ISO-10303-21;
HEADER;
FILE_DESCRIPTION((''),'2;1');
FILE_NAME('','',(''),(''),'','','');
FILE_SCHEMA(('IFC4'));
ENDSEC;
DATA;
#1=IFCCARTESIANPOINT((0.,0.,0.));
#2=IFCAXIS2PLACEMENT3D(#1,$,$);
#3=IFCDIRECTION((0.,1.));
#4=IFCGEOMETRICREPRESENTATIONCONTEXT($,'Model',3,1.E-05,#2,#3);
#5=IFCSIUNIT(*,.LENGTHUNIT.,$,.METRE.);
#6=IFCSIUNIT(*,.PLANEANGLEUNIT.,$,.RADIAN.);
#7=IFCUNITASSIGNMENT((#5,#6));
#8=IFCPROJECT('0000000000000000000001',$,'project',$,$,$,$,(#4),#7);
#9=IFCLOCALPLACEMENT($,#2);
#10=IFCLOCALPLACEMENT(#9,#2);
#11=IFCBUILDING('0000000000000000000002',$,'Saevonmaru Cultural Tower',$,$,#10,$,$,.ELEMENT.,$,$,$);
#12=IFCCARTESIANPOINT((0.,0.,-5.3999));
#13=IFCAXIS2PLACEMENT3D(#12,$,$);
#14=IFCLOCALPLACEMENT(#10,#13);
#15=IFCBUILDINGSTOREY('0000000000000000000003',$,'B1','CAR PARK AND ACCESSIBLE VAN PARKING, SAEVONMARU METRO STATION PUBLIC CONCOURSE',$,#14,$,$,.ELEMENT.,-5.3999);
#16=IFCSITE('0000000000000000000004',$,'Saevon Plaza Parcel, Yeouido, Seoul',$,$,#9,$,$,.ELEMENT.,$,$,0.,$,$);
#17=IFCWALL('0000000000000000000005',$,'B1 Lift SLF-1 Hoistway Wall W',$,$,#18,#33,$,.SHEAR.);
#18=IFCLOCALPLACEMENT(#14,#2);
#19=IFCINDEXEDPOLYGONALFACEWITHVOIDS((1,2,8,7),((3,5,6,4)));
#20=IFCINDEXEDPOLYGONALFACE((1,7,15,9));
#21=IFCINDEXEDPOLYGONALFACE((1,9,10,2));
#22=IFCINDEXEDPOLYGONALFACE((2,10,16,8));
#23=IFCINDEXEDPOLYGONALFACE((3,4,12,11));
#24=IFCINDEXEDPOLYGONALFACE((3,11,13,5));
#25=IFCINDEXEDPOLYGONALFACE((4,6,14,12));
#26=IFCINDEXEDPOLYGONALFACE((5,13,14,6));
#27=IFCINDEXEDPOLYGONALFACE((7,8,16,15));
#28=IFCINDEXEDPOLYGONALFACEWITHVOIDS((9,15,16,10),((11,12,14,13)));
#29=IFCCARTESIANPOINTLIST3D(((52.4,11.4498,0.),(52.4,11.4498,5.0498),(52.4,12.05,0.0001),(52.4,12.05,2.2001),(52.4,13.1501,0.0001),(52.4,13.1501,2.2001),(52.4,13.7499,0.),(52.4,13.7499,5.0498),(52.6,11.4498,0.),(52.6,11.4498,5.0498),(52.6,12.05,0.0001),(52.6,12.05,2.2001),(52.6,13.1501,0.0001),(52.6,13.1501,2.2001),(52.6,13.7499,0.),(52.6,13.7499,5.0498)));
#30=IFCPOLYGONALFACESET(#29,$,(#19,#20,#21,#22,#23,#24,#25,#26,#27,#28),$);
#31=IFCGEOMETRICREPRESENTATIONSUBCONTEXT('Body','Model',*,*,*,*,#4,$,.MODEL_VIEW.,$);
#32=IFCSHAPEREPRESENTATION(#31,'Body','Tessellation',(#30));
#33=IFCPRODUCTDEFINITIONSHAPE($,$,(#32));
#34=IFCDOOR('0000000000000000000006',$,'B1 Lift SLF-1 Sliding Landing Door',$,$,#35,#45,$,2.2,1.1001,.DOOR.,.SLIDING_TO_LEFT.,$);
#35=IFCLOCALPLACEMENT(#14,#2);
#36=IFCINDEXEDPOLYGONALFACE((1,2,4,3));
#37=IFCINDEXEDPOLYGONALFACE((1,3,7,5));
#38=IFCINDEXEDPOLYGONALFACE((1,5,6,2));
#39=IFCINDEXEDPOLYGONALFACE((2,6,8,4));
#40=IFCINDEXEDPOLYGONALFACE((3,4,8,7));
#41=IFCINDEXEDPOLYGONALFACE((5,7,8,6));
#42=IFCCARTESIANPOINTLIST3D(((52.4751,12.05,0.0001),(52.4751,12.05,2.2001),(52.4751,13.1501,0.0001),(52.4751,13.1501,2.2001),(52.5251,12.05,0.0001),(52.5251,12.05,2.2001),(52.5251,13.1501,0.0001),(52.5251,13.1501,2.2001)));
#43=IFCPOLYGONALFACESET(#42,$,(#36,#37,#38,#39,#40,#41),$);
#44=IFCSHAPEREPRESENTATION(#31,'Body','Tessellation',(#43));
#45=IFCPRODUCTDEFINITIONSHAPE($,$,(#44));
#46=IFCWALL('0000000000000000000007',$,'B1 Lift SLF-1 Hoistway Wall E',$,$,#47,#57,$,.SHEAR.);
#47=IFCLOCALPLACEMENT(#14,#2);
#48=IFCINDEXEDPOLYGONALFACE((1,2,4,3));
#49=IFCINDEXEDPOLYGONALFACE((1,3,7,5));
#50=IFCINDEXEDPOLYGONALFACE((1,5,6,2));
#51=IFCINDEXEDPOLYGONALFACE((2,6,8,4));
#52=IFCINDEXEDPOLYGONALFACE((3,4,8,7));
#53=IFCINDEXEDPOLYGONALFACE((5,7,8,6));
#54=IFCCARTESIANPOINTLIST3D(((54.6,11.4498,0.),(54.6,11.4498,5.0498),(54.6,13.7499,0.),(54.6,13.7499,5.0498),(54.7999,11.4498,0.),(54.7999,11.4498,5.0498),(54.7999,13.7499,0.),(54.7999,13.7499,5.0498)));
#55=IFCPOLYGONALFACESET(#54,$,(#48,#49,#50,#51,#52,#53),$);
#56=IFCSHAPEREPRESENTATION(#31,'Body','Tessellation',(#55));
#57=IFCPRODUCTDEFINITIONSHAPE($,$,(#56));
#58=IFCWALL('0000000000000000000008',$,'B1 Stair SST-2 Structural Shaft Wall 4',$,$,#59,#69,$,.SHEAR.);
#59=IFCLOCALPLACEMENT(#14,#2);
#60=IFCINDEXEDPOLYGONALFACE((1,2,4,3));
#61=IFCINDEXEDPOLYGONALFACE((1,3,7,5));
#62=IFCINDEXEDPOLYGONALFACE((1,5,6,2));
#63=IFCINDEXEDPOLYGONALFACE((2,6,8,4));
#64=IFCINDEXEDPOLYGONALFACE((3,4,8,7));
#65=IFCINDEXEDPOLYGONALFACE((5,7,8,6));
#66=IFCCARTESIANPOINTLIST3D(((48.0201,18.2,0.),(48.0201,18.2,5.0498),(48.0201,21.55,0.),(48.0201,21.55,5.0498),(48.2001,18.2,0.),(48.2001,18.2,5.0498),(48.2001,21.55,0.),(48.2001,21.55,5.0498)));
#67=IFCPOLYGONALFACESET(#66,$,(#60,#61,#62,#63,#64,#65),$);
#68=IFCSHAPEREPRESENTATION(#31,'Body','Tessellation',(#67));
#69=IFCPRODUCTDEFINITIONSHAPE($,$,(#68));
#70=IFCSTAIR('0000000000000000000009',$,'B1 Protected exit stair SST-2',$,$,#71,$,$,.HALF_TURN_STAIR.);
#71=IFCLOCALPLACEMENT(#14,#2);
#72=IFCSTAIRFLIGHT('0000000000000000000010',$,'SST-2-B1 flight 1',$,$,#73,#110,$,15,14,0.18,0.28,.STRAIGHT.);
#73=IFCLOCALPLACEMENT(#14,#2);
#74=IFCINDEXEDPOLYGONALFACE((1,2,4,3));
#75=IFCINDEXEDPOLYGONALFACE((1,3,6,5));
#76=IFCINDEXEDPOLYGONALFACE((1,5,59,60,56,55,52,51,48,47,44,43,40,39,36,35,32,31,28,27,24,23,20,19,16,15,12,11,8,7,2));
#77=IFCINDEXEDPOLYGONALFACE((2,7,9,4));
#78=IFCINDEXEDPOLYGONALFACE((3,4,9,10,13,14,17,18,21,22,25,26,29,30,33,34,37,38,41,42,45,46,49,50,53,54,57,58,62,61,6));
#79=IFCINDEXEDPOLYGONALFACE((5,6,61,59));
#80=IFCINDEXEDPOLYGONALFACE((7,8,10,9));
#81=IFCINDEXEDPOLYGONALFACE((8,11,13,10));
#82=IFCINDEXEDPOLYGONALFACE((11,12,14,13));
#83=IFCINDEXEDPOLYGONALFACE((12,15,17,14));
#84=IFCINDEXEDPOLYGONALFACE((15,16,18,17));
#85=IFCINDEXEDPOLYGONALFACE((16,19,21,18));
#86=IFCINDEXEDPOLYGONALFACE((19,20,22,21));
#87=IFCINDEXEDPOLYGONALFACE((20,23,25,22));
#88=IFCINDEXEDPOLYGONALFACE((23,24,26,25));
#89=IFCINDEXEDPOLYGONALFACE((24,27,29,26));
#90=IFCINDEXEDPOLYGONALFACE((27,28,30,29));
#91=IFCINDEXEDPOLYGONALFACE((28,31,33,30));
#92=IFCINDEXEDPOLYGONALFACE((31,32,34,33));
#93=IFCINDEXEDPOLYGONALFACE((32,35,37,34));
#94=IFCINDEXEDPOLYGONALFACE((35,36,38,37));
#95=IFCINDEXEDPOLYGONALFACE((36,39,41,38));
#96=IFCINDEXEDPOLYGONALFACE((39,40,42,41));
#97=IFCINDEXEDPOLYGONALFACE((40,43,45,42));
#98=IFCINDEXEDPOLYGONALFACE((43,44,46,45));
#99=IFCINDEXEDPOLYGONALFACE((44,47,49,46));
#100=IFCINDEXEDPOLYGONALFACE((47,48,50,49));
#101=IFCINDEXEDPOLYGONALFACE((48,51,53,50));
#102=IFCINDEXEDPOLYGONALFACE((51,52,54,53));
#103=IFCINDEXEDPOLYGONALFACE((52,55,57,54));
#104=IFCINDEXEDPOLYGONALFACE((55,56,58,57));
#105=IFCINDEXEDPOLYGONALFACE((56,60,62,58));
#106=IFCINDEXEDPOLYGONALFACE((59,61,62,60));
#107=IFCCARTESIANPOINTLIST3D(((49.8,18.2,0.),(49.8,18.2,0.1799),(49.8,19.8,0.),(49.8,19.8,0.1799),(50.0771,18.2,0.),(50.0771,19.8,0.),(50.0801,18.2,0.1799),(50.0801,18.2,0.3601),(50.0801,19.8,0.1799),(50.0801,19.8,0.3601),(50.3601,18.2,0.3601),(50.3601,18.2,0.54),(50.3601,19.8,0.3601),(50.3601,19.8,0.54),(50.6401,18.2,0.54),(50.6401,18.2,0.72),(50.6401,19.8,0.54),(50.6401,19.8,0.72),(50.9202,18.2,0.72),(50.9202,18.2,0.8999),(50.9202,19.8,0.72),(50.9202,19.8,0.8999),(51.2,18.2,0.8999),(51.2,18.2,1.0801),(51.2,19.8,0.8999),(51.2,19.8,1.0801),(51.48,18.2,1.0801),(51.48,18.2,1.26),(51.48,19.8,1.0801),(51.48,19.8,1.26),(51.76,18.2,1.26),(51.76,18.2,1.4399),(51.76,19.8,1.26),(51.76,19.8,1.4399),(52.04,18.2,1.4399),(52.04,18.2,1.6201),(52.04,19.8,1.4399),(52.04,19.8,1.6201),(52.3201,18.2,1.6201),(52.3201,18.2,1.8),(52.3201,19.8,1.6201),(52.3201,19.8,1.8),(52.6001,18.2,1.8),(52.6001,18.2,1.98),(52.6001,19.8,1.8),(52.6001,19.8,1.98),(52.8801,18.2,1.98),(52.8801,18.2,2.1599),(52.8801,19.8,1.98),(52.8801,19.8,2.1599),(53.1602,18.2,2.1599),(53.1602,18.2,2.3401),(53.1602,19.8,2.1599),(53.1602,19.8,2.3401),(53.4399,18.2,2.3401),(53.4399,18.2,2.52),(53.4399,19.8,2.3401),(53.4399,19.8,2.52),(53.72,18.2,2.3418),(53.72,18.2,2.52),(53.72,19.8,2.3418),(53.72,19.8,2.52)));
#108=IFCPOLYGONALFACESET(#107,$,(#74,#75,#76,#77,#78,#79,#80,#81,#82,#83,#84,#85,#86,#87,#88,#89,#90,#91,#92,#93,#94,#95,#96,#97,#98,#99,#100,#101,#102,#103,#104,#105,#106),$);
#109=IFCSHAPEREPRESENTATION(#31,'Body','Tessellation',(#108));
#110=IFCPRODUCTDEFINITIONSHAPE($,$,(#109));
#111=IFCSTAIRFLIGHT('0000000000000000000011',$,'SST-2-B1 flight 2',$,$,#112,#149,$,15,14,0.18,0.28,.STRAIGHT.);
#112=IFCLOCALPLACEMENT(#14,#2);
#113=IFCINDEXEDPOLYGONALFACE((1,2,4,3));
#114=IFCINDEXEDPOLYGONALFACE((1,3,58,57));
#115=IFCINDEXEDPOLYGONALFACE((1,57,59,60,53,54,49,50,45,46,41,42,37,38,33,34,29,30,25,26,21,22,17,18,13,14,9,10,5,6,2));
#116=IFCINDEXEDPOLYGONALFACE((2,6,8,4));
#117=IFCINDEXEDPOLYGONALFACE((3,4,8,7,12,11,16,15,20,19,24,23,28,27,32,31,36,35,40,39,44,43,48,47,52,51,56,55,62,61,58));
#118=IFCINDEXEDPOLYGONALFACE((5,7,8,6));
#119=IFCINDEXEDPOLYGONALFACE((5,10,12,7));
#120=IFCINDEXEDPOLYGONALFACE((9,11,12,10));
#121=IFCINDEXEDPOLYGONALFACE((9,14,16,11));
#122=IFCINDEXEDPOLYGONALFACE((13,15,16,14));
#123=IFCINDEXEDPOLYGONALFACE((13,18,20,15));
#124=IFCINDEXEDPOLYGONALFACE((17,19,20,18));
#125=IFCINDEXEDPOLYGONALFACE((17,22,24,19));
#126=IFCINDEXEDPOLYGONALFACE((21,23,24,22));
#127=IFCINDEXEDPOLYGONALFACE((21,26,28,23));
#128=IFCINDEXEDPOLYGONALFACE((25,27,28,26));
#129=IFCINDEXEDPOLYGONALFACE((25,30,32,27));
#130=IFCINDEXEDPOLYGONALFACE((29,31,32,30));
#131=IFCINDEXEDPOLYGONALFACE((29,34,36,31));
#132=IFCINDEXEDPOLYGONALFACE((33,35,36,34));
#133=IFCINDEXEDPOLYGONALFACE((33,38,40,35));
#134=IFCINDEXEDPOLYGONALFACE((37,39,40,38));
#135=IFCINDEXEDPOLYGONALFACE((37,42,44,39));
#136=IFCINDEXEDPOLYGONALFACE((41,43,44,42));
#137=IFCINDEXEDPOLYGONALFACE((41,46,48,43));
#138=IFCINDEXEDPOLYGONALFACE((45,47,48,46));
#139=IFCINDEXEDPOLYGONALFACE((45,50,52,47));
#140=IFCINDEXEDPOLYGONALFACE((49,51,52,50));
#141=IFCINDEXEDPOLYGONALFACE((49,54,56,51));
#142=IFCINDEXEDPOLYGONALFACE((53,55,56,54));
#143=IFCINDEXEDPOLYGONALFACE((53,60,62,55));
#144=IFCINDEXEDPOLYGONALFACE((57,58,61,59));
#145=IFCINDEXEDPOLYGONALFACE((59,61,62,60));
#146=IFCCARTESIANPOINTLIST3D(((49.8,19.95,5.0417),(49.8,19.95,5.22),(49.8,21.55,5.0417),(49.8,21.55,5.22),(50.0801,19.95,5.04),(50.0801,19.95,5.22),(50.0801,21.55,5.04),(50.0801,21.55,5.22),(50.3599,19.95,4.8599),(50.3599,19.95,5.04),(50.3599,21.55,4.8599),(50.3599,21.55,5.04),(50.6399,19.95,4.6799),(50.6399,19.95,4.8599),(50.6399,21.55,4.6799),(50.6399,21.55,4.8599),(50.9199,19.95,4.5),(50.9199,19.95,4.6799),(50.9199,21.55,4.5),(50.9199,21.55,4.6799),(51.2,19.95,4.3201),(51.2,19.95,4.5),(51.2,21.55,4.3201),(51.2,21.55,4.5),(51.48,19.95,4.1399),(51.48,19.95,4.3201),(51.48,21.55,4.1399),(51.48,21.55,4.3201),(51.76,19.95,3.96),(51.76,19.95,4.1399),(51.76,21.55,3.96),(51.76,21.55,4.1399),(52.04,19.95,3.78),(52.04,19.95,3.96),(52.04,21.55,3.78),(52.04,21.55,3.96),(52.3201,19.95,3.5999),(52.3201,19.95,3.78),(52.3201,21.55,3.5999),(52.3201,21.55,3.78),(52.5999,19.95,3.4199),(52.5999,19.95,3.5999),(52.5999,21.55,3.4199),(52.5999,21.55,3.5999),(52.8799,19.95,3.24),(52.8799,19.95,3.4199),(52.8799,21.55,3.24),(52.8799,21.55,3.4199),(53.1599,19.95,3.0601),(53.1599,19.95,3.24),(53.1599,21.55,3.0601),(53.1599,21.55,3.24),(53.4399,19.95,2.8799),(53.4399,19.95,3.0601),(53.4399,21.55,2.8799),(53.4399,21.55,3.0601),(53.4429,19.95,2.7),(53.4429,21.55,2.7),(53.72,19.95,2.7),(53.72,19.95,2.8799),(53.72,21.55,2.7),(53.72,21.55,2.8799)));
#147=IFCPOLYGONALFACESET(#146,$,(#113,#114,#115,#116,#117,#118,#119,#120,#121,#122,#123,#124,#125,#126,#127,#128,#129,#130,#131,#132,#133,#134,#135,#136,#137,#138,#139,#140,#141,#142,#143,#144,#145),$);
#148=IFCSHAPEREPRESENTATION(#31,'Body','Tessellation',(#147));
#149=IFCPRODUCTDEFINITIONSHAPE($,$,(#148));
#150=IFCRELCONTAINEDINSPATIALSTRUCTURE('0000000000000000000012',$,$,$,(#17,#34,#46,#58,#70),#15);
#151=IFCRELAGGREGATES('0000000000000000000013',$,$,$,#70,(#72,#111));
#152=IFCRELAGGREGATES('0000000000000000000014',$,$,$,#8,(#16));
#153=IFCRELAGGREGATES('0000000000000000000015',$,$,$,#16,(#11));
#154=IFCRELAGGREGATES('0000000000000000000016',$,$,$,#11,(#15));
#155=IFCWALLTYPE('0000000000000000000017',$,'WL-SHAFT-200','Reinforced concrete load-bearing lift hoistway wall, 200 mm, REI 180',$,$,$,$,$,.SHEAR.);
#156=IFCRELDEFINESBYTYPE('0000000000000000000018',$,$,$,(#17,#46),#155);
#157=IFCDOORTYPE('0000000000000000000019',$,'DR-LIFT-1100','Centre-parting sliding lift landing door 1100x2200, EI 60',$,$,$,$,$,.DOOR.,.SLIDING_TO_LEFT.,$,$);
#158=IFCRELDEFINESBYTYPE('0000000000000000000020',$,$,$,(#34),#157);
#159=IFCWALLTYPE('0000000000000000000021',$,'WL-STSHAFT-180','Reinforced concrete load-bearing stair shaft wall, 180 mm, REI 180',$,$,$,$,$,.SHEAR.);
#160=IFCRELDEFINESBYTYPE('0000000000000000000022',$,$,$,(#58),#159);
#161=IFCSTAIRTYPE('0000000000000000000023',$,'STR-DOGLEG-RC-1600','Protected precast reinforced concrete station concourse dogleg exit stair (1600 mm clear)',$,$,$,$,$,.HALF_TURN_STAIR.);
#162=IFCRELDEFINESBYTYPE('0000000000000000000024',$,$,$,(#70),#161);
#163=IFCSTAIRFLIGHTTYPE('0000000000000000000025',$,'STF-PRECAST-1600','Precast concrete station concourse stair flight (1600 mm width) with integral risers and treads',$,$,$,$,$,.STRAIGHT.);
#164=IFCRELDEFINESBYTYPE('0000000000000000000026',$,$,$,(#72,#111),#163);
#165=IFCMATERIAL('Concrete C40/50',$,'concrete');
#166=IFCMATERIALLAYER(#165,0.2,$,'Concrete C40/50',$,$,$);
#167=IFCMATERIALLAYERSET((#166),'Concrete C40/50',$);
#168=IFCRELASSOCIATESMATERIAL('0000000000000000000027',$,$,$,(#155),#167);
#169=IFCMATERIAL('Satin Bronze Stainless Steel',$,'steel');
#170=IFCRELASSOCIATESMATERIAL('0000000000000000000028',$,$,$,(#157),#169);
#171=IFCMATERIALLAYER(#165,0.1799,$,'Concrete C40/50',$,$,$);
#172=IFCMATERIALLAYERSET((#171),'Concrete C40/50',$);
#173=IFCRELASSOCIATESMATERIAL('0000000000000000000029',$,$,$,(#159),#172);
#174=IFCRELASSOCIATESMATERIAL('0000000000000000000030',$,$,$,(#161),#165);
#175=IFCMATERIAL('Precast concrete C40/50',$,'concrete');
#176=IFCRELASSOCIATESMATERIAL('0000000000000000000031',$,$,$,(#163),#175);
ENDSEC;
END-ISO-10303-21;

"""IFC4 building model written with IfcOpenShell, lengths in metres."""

from ifc_helpers import new_model, si_unit, direction, frame, frame_2d, origin, place, context, subcontext, project, spatial, polyline, rectangle, outline, extrude, material, layer, layer_set, type_object, element, fill, aggregate, save


model = new_model("IFC4")

# Units and contexts
model_context = context("Model", 3, precision=1e-05, world=origin(), true_north=direction((0.0, 1.0)))
body_context = subcontext(model_context, "Body", "Model", "MODEL_VIEW")
ifc_project = project(units=[si_unit("LENGTHUNIT", "METRE"), si_unit("PLANEANGLEUNIT", "RADIAN")], contexts=[model_context])

# Site, building, storey
site_placement = place(None, origin())
site = spatial("IfcSite", under=ifc_project, at=site_placement, Name="Saevon Plaza Parcel, Yeouido, Seoul", CompositionType="ELEMENT", RefElevation=0.0)
building_placement = place(site_placement, origin())
building = spatial("IfcBuilding", under=site, at=building_placement, Name="Saevonmaru Cultural Tower", CompositionType="ELEMENT")
storey_placement = place(building_placement, frame((0.0, 0.0, -5.3999)))
storey = spatial("IfcBuildingStorey", under=building, at=storey_placement, Name="B1", Description="CAR PARK AND ACCESSIBLE VAN PARKING, SAEVONMARU METRO STATION PUBLIC CONCOURSE", CompositionType="ELEMENT", Elevation=-5.3999)

# Shared definitions
ifc_material_1 = material(Name="Concrete C40/50", Category="concrete")
ifc_layer_1 = layer(ifc_material_1, 0.2, Name="Concrete C40/50")
ifc_layer_set_1 = layer_set([ifc_layer_1], Name="Concrete C40/50")
wall_type_1 = type_object("IfcWallType", Name="WL-SHAFT-200", Description="Reinforced concrete load-bearing lift hoistway wall, 200 mm, REI 180", PredefinedType="SHEAR", material=ifc_layer_set_1)

# Wall, opening, door
wall_1_placement = place(storey_placement, frame((52.5, 11.45, 0.0), z_axis=(0.0, 0.0, 1.0), x_axis=(0.0, 1.0, 0.0)))
wall_1 = element("IfcWall", 1, at=wall_1_placement, inside=storey, type_object=wall_type_1, Name="B1 Lift SLF-1 Hoistway Wall W", PredefinedType="SHEAR", context=body_context, shape_type="SweptSolid", body=[
    extrude(rectangle(XDim=2.3, YDim=0.2, at=frame_2d((1.1499, 0.0))), origin(), (0.0, 0.0, 1.0), 5.0498),
])
opening_placement = place(wall_1_placement, frame((0.6001, 0.0, 0.0)))
opening = element("IfcOpeningElement", 2, at=opening_placement, cuts=wall_1, PredefinedType="OPENING", context=body_context, shape_type="SweptSolid", body=[
    extrude(rectangle(XDim=1.1001, YDim=2.2, at=frame_2d((0.55, 1.1001))), frame((0.0, 0.1099, 0.0), z_axis=(0.0, -1.0, 0.0), x_axis=(1.0, 0.0, 0.0)), (0.0, 0.0, 1.0), 0.22),
])
ifc_material_2 = material(Name="Satin Bronze Stainless Steel", Category="steel")
door_type = type_object("IfcDoorType", Name="DR-LIFT-1100", Description="Centre-parting sliding lift landing door 1100x2200, EI 60", OperationType="SLIDING_TO_LEFT", PredefinedType="DOOR", material=ifc_material_2)
door_placement = place(opening_placement, origin())
door = element("IfcDoor", 3, at=door_placement, inside=storey, type_object=door_type, Name="B1 Lift SLF-1 Sliding Landing Door", OperationType="SLIDING_TO_LEFT", OverallHeight=2.2, OverallWidth=1.1001, PredefinedType="DOOR", context=body_context, shape_type="SweptSolid", body=[
    extrude(rectangle(XDim=1.1001, YDim=2.2, at=frame_2d((0.55, 1.1001))), frame((0.0, 0.0249, 0.0), z_axis=(0.0, -1.0, 0.0), x_axis=(1.0, 0.0, 0.0)), (0.0, 0.0, 1.0), 0.05),
])
fill(opening, door)

# Walls
wall_2_placement = place(storey_placement, frame((54.7, 11.45, 0.0), z_axis=(0.0, 0.0, 1.0), x_axis=(0.0, 1.0, 0.0)))
element("IfcWall", 4, at=wall_2_placement, inside=storey, type_object=wall_type_1, Name="B1 Lift SLF-1 Hoistway Wall E", PredefinedType="SHEAR", context=body_context, shape_type="SweptSolid", body=[
    extrude(rectangle(XDim=2.3, YDim=0.2, at=frame_2d((1.1499, 0.0))), origin(), (0.0, 0.0, 1.0), 5.0498),
])
ifc_layer_2 = layer(ifc_material_1, 0.1799, Name="Concrete C40/50")
ifc_layer_set_2 = layer_set([ifc_layer_2], Name="Concrete C40/50")
wall_type_2 = type_object("IfcWallType", Name="WL-STSHAFT-180", Description="Reinforced concrete load-bearing stair shaft wall, 180 mm, REI 180", PredefinedType="SHEAR", material=ifc_layer_set_2)
wall_3_placement = place(storey_placement, frame((48.1101, 18.2, 0.0), z_axis=(0.0, 0.0, 1.0), x_axis=(0.0, 1.0, 0.0)))
element("IfcWall", 5, at=wall_3_placement, inside=storey, type_object=wall_type_2, Name="B1 Stair SST-2 Structural Shaft Wall 4", PredefinedType="SHEAR", context=body_context, shape_type="SweptSolid", body=[
    extrude(rectangle(XDim=3.3501, YDim=0.1799, at=frame_2d((1.675, 0.0))), origin(), (0.0, 0.0, 1.0), 5.0498),
])

# Stair, stair flights
stair_type = type_object("IfcStairType", Name="STR-DOGLEG-RC-1600", Description="Protected precast reinforced concrete station concourse dogleg exit stair (1600 mm clear)", PredefinedType="HALF_TURN_STAIR", material=ifc_material_1)
stair_placement = place(storey_placement, origin())
stair = element("IfcStair", 6, at=stair_placement, inside=storey, type_object=stair_type, Name="B1 Protected exit stair SST-2", PredefinedType="HALF_TURN_STAIR")
ifc_material_3 = material(Name="Precast concrete C40/50", Category="concrete")
stair_flight_type = type_object("IfcStairFlightType", Name="STF-PRECAST-1600", Description="Precast concrete station concourse stair flight (1600 mm width) with integral risers and treads", PredefinedType="STRAIGHT", material=ifc_material_3)
stair_flight_1_placement = place(storey_placement, frame((49.8, 19.0, 0.0), z_axis=(0.0, 0.0, 1.0), x_axis=(1.0, 0.0, 0.0)))
stair_flight_1 = element("IfcStairFlight", 7, at=stair_flight_1_placement, type_object=stair_flight_type, Name="SST-2-B1 flight 1", NumberOfRisers=15, NumberOfTreads=14, PredefinedType="STRAIGHT", RiserHeight=0.18, TreadLength=0.28, context=body_context, shape_type="SweptSolid", body=[
    extrude(outline(polyline([(0.0, 0.0), (0.0, 0.1799), (0.28, 0.1799), (0.28, 0.3601), (0.5601, 0.3601), (0.5601, 0.54), (0.8401, 0.54), (0.8401, 0.72), (1.1201, 0.72), (1.1201, 0.8999), (1.3999, 0.8999), (1.3999, 1.0801), (1.6799, 1.0801), (1.6799, 1.26), (1.96, 1.26), (1.96, 1.4399), (2.24, 1.4399), (2.24, 1.6201), (2.52, 1.6201), (2.52, 1.8), (2.8, 1.8), (2.8, 1.98), (3.0801, 1.98), (3.0801, 2.1599), (3.3601, 2.1599), (3.3601, 2.3401), (3.6399, 2.3401), (3.6399, 2.52), (3.9199, 2.52), (3.9199, 2.7), (3.9199, 2.3418), (0.2771, 0.0), (0.0, 0.0)])), frame((0.0, 0.8, 0.0), z_axis=(0.0, -1.0, 0.0), x_axis=(1.0, 0.0, 0.0)), (0.0, 0.0, 1.0), 1.6001),
])
stair_flight_2_placement = place(storey_placement, frame((53.72, 20.75, 2.7), z_axis=(0.0, 0.0, 1.0), x_axis=(-1.0, 0.0, 0.0)))
stair_flight_2 = element("IfcStairFlight", 8, at=stair_flight_2_placement, type_object=stair_flight_type, Name="SST-2-B1 flight 2", NumberOfRisers=15, NumberOfTreads=14, PredefinedType="STRAIGHT", RiserHeight=0.18, TreadLength=0.28, context=body_context, shape_type="SweptSolid", body=[
    extrude(outline(polyline([(0.0, 0.0), (0.0, 0.1799), (0.28, 0.1799), (0.28, 0.3601), (0.5601, 0.3601), (0.5601, 0.54), (0.8401, 0.54), (0.8401, 0.72), (1.1201, 0.72), (1.1201, 0.8999), (1.3999, 0.8999), (1.3999, 1.0801), (1.6799, 1.0801), (1.6799, 1.26), (1.96, 1.26), (1.96, 1.4399), (2.24, 1.4399), (2.24, 1.6201), (2.52, 1.6201), (2.52, 1.8), (2.8, 1.8), (2.8, 1.98), (3.0801, 1.98), (3.0801, 2.1599), (3.3601, 2.1599), (3.3601, 2.3401), (3.6399, 2.3401), (3.6399, 2.52), (3.9199, 2.52), (3.9199, 2.7), (3.9199, 2.3418), (0.2771, 0.0), (0.0, 0.0)])), frame((0.0, 0.8, 0.0), z_axis=(0.0, -1.0, 0.0), x_axis=(1.0, 0.0, 0.0)), (0.0, 0.0, 1.0), 1.6001),
])
aggregate(stair, [stair_flight_1, stair_flight_2])

save(model, "model.ifc")
